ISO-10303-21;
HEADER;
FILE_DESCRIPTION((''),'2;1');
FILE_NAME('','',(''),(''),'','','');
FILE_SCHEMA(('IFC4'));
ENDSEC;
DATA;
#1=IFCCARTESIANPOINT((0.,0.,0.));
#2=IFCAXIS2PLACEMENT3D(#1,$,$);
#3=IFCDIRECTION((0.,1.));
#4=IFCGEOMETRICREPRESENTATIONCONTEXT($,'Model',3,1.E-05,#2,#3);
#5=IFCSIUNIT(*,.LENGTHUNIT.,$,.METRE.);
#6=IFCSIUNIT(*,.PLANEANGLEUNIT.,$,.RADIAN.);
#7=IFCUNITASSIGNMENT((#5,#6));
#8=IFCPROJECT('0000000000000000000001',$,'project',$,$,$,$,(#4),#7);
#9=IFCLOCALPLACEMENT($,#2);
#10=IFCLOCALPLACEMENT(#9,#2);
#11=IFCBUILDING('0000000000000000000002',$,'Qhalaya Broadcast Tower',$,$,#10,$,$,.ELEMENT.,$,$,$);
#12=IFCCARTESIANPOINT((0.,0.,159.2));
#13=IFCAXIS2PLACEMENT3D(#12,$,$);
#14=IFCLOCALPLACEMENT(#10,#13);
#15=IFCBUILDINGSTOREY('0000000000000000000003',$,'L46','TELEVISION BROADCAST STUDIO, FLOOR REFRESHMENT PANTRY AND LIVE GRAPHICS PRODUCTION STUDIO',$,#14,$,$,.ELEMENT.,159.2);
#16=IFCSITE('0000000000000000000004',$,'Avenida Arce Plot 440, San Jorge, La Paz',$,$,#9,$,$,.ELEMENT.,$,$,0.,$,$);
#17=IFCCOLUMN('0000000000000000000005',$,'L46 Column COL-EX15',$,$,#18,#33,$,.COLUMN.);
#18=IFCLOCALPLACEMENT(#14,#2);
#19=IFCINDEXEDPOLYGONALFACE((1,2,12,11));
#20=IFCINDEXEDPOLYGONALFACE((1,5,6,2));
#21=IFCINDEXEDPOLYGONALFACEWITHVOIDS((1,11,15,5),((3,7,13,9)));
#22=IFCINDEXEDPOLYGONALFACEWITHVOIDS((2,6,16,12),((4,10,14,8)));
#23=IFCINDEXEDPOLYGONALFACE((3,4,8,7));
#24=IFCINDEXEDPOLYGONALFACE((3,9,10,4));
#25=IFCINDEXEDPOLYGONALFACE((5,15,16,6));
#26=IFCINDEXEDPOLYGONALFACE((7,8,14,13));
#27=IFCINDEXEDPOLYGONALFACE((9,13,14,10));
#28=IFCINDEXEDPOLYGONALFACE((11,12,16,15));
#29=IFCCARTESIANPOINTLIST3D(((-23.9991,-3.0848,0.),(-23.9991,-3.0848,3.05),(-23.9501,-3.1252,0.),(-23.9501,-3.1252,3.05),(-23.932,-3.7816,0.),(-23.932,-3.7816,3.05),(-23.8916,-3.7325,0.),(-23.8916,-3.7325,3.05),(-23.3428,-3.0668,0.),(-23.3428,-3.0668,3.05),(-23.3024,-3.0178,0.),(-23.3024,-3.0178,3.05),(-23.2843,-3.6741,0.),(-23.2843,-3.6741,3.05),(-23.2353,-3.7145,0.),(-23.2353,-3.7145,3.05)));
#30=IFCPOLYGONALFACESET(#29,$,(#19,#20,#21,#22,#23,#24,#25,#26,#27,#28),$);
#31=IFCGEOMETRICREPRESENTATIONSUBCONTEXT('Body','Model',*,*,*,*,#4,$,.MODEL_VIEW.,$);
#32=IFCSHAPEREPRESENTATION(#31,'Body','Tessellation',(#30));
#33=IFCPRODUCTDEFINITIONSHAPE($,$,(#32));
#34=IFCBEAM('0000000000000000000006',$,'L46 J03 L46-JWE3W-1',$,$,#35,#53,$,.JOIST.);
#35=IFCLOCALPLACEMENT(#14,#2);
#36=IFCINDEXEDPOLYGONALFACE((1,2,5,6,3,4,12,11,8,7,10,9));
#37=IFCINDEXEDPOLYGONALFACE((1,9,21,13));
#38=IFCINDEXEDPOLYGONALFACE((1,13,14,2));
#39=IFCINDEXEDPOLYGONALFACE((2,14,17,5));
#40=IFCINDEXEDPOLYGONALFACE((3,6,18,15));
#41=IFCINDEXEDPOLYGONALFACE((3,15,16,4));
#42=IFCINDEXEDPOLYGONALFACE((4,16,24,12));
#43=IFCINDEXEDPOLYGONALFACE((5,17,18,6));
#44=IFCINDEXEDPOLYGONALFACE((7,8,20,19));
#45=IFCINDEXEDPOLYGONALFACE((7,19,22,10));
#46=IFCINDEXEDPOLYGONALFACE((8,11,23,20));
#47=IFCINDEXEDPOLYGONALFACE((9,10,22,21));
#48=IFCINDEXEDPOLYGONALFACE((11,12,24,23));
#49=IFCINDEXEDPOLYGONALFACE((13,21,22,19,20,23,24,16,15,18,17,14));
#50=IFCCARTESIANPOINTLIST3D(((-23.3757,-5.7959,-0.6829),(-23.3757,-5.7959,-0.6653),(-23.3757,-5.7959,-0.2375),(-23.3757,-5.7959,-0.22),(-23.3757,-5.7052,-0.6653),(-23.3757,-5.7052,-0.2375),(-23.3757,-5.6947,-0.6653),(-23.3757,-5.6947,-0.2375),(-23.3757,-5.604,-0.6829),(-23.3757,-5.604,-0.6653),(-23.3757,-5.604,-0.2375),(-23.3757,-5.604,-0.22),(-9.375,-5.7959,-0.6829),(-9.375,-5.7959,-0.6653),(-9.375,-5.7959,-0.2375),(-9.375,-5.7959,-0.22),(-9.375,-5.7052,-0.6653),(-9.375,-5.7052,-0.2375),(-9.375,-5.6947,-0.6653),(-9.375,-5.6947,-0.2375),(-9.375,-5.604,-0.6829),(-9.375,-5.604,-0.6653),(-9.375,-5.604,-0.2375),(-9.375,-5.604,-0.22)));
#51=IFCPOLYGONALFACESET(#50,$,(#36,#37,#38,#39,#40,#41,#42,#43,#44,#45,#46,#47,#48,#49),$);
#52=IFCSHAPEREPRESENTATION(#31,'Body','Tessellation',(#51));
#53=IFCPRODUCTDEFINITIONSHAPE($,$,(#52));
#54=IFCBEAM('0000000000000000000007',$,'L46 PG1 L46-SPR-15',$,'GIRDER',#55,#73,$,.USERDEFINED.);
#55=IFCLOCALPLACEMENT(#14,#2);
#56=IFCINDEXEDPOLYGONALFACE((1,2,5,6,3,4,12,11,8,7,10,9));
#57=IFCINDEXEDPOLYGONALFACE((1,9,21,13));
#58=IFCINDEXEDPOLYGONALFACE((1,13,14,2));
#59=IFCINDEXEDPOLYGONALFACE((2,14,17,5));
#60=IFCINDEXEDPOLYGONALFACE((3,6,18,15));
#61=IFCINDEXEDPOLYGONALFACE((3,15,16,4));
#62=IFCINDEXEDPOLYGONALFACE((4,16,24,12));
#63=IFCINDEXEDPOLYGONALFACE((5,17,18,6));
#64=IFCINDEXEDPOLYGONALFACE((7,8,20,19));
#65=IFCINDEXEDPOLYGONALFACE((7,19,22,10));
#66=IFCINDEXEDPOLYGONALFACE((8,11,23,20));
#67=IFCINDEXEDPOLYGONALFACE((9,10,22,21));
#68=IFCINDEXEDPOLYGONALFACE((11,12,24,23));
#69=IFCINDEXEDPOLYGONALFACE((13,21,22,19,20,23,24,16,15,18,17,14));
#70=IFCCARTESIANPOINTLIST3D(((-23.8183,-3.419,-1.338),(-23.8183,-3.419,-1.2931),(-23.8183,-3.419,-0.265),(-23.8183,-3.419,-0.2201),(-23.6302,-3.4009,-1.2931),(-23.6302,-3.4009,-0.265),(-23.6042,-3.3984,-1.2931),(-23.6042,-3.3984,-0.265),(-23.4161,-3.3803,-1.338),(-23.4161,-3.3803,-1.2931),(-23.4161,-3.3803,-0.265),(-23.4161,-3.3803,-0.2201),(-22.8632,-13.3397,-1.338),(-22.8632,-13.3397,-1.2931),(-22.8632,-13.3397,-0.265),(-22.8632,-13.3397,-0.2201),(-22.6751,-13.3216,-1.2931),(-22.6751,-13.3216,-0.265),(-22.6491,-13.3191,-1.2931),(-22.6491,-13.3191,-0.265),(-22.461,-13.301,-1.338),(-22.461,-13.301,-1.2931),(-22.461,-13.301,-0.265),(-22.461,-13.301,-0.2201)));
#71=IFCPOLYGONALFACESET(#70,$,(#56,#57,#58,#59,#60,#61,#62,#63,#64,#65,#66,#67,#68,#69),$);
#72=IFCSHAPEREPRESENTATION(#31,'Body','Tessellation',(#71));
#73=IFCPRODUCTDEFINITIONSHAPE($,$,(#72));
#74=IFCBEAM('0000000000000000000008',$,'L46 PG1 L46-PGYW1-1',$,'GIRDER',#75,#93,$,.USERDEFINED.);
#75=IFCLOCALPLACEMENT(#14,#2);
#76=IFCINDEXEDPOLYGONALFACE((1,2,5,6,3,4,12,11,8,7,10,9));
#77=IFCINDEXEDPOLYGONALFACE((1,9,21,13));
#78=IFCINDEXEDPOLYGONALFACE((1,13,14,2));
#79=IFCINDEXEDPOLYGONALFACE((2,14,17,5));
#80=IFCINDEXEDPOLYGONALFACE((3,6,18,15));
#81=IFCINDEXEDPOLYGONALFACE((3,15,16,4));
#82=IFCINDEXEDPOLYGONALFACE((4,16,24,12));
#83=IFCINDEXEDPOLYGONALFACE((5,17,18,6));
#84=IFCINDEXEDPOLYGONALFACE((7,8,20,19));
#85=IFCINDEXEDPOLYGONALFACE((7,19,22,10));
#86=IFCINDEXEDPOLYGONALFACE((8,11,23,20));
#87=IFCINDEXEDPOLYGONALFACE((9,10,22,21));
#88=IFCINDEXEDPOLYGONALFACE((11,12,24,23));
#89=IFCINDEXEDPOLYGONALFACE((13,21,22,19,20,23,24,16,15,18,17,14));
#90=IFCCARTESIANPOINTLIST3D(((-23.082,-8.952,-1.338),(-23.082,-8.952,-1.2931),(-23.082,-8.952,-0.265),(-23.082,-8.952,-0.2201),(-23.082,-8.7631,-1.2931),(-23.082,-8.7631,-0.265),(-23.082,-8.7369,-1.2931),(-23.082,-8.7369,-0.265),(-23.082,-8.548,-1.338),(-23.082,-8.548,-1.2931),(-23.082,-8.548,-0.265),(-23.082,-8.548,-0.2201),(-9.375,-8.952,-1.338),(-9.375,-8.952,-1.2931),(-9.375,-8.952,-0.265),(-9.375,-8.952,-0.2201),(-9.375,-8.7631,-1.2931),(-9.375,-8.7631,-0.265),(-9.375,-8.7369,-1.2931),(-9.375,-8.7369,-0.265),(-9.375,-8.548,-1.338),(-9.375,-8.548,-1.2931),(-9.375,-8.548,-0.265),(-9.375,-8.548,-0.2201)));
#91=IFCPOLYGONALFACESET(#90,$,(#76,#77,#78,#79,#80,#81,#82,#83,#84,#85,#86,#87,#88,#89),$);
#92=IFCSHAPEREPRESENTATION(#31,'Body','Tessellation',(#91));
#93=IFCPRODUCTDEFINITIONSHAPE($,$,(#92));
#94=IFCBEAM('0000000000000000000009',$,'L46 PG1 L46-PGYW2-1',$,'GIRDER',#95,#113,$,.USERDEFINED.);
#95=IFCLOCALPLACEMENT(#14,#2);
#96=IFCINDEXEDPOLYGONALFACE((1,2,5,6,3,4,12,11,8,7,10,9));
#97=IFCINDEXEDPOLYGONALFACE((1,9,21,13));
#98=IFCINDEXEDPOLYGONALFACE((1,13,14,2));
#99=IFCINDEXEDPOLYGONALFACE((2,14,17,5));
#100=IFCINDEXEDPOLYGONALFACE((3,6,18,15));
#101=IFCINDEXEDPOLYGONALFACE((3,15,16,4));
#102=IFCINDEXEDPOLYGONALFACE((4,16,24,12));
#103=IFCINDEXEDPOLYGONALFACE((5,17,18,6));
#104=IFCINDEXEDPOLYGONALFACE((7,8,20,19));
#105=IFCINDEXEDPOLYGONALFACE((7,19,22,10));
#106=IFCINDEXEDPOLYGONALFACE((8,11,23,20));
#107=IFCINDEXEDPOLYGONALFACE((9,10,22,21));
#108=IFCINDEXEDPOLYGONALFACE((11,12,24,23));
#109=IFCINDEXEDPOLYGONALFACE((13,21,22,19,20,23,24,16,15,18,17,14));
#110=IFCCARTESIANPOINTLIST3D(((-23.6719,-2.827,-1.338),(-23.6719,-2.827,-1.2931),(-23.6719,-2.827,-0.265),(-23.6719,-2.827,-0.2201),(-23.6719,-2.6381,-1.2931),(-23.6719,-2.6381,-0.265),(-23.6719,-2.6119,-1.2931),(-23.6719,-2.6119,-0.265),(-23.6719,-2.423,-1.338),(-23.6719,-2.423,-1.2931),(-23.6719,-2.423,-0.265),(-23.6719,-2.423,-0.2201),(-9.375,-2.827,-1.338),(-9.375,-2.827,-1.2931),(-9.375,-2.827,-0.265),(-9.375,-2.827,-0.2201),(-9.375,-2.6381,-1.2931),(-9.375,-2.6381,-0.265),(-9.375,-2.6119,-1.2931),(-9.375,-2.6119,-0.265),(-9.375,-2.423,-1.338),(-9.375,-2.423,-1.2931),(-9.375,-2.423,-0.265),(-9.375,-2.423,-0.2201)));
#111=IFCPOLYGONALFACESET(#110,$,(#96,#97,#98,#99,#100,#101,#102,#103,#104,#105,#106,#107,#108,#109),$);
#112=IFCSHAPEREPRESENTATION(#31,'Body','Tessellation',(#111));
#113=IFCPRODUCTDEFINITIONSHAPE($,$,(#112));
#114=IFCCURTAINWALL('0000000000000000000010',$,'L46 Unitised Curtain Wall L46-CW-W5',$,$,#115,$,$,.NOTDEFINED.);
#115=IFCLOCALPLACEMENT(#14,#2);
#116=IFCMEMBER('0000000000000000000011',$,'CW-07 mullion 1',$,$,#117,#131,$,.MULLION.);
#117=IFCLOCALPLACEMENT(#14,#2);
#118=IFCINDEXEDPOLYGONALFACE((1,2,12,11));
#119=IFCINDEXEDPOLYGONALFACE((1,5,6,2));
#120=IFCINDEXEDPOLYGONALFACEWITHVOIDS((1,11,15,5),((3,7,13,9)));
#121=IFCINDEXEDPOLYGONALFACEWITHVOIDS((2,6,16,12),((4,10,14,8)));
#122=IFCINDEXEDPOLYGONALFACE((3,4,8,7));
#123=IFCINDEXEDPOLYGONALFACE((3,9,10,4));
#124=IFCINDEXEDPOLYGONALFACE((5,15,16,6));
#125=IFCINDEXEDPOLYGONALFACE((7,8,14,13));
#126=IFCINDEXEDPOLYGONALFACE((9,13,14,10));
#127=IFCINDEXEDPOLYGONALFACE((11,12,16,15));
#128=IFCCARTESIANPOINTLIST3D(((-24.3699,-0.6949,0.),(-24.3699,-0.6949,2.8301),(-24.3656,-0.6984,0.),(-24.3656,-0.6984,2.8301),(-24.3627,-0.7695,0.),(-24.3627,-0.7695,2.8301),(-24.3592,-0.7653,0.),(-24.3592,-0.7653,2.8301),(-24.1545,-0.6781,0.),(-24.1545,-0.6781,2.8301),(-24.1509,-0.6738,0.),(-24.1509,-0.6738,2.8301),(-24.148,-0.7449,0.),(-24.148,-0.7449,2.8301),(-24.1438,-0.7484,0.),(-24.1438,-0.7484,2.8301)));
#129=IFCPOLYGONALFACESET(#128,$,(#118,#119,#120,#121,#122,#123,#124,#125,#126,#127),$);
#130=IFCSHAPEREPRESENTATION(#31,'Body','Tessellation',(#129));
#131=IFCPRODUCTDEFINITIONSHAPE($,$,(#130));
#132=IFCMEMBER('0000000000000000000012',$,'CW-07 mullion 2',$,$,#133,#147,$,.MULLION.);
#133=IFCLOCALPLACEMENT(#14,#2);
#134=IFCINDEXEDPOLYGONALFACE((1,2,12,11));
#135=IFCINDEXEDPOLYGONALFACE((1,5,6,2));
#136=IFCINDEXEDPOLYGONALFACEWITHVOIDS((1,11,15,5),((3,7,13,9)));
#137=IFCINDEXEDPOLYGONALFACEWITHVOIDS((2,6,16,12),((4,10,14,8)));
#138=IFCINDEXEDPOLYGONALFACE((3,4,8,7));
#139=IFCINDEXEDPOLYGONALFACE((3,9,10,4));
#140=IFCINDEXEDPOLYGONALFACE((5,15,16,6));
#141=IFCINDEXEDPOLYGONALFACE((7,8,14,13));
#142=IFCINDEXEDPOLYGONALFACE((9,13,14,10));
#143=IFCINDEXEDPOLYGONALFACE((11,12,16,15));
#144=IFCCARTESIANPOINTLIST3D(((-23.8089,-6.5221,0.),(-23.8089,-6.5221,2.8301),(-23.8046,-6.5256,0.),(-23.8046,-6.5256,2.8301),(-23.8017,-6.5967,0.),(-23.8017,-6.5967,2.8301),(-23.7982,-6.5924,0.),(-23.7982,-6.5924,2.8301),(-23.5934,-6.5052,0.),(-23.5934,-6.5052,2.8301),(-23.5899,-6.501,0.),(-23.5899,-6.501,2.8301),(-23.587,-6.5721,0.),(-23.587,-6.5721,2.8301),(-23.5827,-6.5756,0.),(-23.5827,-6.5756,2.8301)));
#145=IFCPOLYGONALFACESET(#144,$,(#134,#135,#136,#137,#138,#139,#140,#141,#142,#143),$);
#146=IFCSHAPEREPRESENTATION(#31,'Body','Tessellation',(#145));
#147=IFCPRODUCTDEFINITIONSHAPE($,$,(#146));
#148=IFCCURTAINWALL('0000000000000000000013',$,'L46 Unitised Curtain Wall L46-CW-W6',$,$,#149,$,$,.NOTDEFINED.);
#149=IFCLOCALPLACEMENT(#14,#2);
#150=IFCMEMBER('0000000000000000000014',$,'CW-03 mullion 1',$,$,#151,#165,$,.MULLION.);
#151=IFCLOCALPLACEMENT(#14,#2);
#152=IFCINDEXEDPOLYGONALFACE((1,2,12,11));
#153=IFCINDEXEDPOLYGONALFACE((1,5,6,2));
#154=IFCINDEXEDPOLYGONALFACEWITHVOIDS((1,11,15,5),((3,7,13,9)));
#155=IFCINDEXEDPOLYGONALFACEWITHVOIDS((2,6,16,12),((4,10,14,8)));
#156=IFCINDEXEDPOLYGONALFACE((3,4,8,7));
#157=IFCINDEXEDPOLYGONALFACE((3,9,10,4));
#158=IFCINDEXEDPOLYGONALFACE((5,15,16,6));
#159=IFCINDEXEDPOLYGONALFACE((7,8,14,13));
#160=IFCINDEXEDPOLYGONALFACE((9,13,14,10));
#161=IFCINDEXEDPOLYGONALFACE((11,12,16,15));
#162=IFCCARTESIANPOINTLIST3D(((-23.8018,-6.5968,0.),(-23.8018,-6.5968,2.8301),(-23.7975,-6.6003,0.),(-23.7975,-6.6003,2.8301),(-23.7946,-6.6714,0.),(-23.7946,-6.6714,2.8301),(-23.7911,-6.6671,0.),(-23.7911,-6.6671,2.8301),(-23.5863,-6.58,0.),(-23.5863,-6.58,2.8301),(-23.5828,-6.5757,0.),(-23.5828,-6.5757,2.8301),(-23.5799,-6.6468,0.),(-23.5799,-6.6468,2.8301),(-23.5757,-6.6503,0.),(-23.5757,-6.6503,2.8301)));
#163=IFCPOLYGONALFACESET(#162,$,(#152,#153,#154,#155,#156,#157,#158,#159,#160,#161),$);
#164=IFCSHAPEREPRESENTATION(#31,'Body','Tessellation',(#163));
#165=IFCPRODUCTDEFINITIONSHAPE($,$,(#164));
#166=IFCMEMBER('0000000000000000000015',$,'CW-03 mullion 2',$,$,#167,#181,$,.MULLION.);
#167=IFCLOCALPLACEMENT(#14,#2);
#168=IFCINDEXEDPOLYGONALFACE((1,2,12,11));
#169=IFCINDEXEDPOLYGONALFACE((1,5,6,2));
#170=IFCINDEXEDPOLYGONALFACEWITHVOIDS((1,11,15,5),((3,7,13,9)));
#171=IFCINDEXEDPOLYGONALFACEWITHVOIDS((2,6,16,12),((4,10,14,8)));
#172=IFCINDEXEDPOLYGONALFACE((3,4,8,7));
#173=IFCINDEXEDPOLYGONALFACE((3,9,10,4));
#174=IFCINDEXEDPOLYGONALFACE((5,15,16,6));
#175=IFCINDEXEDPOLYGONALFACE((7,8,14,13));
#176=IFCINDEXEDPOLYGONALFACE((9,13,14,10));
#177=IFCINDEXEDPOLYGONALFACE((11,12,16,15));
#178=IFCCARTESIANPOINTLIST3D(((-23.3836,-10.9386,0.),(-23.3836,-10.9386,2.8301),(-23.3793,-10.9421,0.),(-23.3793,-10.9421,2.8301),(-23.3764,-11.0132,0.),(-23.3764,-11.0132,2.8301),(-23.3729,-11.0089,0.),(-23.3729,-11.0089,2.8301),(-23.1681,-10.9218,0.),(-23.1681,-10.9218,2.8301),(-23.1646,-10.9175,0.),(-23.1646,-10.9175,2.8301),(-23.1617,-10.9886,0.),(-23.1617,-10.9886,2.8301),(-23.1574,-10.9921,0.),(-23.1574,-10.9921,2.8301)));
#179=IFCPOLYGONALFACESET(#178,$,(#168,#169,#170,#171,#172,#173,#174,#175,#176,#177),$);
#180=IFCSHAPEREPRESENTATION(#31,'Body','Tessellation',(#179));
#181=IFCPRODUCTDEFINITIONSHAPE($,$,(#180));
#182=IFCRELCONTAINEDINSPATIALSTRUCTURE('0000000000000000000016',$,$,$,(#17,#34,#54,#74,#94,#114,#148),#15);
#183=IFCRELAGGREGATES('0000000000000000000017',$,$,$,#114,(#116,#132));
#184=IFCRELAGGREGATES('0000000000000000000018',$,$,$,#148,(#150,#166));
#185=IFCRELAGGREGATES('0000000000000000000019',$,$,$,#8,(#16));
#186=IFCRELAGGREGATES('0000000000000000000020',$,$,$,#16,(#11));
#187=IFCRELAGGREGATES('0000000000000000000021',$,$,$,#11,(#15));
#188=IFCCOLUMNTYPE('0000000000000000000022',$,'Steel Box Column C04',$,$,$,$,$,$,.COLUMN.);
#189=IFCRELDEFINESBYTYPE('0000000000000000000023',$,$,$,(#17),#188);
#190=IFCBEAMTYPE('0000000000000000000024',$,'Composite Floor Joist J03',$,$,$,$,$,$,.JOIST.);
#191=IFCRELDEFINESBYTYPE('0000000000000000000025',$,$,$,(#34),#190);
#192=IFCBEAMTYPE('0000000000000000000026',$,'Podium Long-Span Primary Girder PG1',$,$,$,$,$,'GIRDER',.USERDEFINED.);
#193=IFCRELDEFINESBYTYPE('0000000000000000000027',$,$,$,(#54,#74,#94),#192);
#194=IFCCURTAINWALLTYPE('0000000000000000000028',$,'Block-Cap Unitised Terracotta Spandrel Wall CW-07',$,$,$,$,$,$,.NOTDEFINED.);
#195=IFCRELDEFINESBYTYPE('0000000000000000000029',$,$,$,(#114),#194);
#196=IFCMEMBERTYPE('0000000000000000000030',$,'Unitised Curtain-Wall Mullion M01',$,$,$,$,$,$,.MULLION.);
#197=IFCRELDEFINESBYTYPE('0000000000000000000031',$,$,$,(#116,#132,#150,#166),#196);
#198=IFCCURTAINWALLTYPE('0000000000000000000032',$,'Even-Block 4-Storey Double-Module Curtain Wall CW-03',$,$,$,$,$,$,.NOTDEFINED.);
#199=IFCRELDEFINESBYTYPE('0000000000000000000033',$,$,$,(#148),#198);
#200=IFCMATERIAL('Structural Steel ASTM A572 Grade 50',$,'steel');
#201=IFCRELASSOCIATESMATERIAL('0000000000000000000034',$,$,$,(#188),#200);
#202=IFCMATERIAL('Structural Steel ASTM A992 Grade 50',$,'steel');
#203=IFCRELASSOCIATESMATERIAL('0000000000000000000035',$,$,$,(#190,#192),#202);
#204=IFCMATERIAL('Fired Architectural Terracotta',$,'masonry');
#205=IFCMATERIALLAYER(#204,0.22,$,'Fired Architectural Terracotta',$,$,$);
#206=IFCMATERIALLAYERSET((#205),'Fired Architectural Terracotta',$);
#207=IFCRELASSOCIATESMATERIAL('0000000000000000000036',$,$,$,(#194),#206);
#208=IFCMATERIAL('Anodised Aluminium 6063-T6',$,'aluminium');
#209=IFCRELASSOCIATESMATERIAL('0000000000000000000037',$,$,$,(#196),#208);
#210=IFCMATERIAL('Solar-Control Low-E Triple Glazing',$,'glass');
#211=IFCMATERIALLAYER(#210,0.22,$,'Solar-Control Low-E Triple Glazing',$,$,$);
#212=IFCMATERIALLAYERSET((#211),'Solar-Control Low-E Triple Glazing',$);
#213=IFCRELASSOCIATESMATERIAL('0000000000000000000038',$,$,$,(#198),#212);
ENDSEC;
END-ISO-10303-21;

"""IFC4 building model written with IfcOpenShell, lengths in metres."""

from ifc_helpers import new_model, si_unit, direction, frame, origin, origin_2d, place, context, subcontext, project, spatial, hollow_rectangle, i_section, extrude, material, layer, layer_set, material_profile, profile_set, type_object, element, aggregate, save


model = new_model("IFC4")

# Units and contexts
model_context = context("Model", 3, precision=1e-05, world=origin(), true_north=direction((0.0, 1.0)))
body_context = subcontext(model_context, "Body", "Model", "MODEL_VIEW")
ifc_project = project(units=[si_unit("LENGTHUNIT", "METRE"), si_unit("PLANEANGLEUNIT", "RADIAN")], contexts=[model_context])

# Site, building, storey
site_placement = place(None, origin())
site = spatial("IfcSite", under=ifc_project, at=site_placement, Name="Avenida Arce Plot 440, San Jorge, La Paz", CompositionType="ELEMENT", RefElevation=0.0)
building_placement = place(site_placement, origin())
building = spatial("IfcBuilding", under=site, at=building_placement, Name="Qhalaya Broadcast Tower", CompositionType="ELEMENT")
storey_placement = place(building_placement, frame((0.0, 0.0, 159.2)))
storey = spatial("IfcBuildingStorey", under=building, at=storey_placement, Name="L46", Description="TELEVISION BROADCAST STUDIO, FLOOR REFRESHMENT PANTRY AND LIVE GRAPHICS PRODUCTION STUDIO", CompositionType="ELEMENT", Elevation=159.2)

# Column
ifc_material_1 = material(Name="Structural Steel ASTM A572 Grade 50", Category="steel")
ifc_material_profile_1 = material_profile(ifc_material_1, hollow_rectangle(XDim=0.7, YDim=0.7, WallThickness=0.0449, at=origin_2d()), Name="BOX 700x700x45")
ifc_profile_set_1 = profile_set([ifc_material_profile_1], Name="Structural Steel ASTM A572 Grade 50")
column_type = type_object("IfcColumnType", Name="Steel Box Column C04", PredefinedType="COLUMN", material=ifc_profile_set_1)
column_placement = place(storey_placement, frame((-23.6172, -3.3997, 0.0), z_axis=(0.0, 0.0, 1.0), x_axis=(-0.095846, 0.995396, 0.0)))
element("IfcColumn", 1, at=column_placement, inside=storey, type_object=column_type, Name="L46 Column COL-EX15", PredefinedType="COLUMN", context=body_context, shape_type="SweptSolid", body=[
    extrude(hollow_rectangle(XDim=0.7, YDim=0.7, WallThickness=0.0449, at=origin_2d()), origin(), (0.0, 0.0, 1.0), 3.05),
])

# Beams
ifc_material_2 = material(Name="Structural Steel ASTM A992 Grade 50", Category="steel")
ifc_material_profile_2 = material_profile(ifc_material_2, i_section(OverallWidth=0.1919, OverallDepth=0.4629, WebThickness=0.0105, FlangeThickness=0.0176, at=origin_2d()), Name="W18X60")
ifc_profile_set_2 = profile_set([ifc_material_profile_2], Name="Structural Steel ASTM A992 Grade 50")
beam_type_1 = type_object("IfcBeamType", Name="Composite Floor Joist J03", PredefinedType="JOIST", material=ifc_profile_set_2)
beam_1_placement = place(storey_placement, frame((-23.3757, -5.7, -0.4514), z_axis=(1.0, 0.0, 0.0), x_axis=(0.0, 1.0, 0.0)))
element("IfcBeam", 2, at=beam_1_placement, inside=storey, type_object=beam_type_1, Name="L46 J03 L46-JWE3W-1", PredefinedType="JOIST", context=body_context, shape_type="SweptSolid", body=[
    extrude(i_section(OverallWidth=0.1919, OverallDepth=0.4629, WebThickness=0.0105, FlangeThickness=0.0176, at=origin_2d()), origin(), (0.0, 0.0, 1.0), 14.0007),
])
ifc_material_profile_3 = material_profile(ifc_material_2, i_section(OverallWidth=0.4041, OverallDepth=1.1179, WebThickness=0.0261, FlangeThickness=0.0449, at=origin_2d()), Name="W44X335")
ifc_profile_set_3 = profile_set([ifc_material_profile_3], Name="Structural Steel ASTM A992 Grade 50")
beam_type_2 = type_object("IfcBeamType", Name="Podium Long-Span Primary Girder PG1", ElementType="GIRDER", PredefinedType="USERDEFINED", material=ifc_profile_set_3)
beam_2_placement = place(storey_placement, frame((-23.6172, -3.3997, -0.7791), z_axis=(0.095829, -0.995398, 0.0), x_axis=(0.995398, 0.095829, 0.0)))
element("IfcBeam", 3, at=beam_2_placement, inside=storey, type_object=beam_type_2, Name="L46 PG1 L46-SPR-15", ObjectType="GIRDER", PredefinedType="USERDEFINED", context=body_context, shape_type="SweptSolid", body=[
    extrude(i_section(OverallWidth=0.4041, OverallDepth=1.1179, WebThickness=0.0261, FlangeThickness=0.0449, at=origin_2d()), origin(), (0.0, 0.0, 1.0), 9.9666),
])
beam_3_placement = place(storey_placement, frame((-23.082, -8.75, -0.7791), z_axis=(1.0, 0.0, 0.0), x_axis=(0.0, 1.0, 0.0)))
element("IfcBeam", 4, at=beam_3_placement, inside=storey, type_object=beam_type_2, Name="L46 PG1 L46-PGYW1-1", ObjectType="GIRDER", PredefinedType="USERDEFINED", context=body_context, shape_type="SweptSolid", body=[
    extrude(i_section(OverallWidth=0.4041, OverallDepth=1.1179, WebThickness=0.0261, FlangeThickness=0.0449, at=origin_2d()), origin(), (0.0, 0.0, 1.0), 13.707),
])
beam_4_placement = place(storey_placement, frame((-23.6719, -2.625, -0.7791), z_axis=(1.0, 0.0, 0.0), x_axis=(0.0, 1.0, 0.0)))
element("IfcBeam", 5, at=beam_4_placement, inside=storey, type_object=beam_type_2, Name="L46 PG1 L46-PGYW2-1", ObjectType="GIRDER", PredefinedType="USERDEFINED", context=body_context, shape_type="SweptSolid", body=[
    extrude(i_section(OverallWidth=0.4041, OverallDepth=1.1179, WebThickness=0.0261, FlangeThickness=0.0449, at=origin_2d()), origin(), (0.0, 0.0, 1.0), 14.2969),
])

# Curtain walls, members
ifc_material_3 = material(Name="Fired Architectural Terracotta", Category="masonry")
ifc_layer_1 = layer(ifc_material_3, 0.22, Name="Fired Architectural Terracotta")
ifc_layer_set_1 = layer_set([ifc_layer_1], Name="Fired Architectural Terracotta")
curtain_wall_type_1 = type_object("IfcCurtainWallType", Name="Block-Cap Unitised Terracotta Spandrel Wall CW-07", PredefinedType="NOTDEFINED", material=ifc_layer_set_1)
curtain_wall_1_placement = place(storey_placement, origin())
curtain_wall_1 = element("IfcCurtainWall", 6, at=curtain_wall_1_placement, inside=storey, type_object=curtain_wall_type_1, Name="L46 Unitised Curtain Wall L46-CW-W5", PredefinedType="NOTDEFINED")
ifc_material_4 = material(Name="Anodised Aluminium 6063-T6", Category="aluminium")
ifc_material_profile_4 = material_profile(ifc_material_4, hollow_rectangle(XDim=0.075, YDim=0.22, WallThickness=0.0039, at=origin_2d()), Name="ALU-MUL 75x220x4")
ifc_profile_set_4 = profile_set([ifc_material_profile_4], Name="Anodised Aluminium 6063-T6")
member_type_1 = type_object("IfcMemberType", Name="Unitised Curtain-Wall Mullion M01", PredefinedType="MULLION", material=ifc_profile_set_4)
member_1_placement = place(storey_placement, frame((-24.2568, -0.7217, 0.0), z_axis=(0.0, 0.0, 1.0), x_axis=(0.095849, -0.995396, 0.0)))
member_1 = element("IfcMember", 7, at=member_1_placement, type_object=member_type_1, Name="CW-07 mullion 1", PredefinedType="MULLION", context=body_context, shape_type="SweptSolid", body=[
    extrude(hollow_rectangle(XDim=0.075, YDim=0.22, WallThickness=0.0039, at=origin_2d()), origin(), (0.0, 0.0, 1.0), 2.8301),
])
member_2_placement = place(storey_placement, frame((-23.6958, -6.5488, 0.0), z_axis=(0.0, 0.0, 1.0), x_axis=(0.095849, -0.995396, 0.0)))
member_2 = element("IfcMember", 8, at=member_2_placement, type_object=member_type_1, Name="CW-07 mullion 2", PredefinedType="MULLION", context=body_context, shape_type="SweptSolid", body=[
    extrude(hollow_rectangle(XDim=0.075, YDim=0.22, WallThickness=0.0039, at=origin_2d()), origin(), (0.0, 0.0, 1.0), 2.8301),
])
ifc_material_5 = material(Name="Solar-Control Low-E Triple Glazing", Category="glass")
ifc_layer_2 = layer(ifc_material_5, 0.22, Name="Solar-Control Low-E Triple Glazing")
ifc_layer_set_2 = layer_set([ifc_layer_2], Name="Solar-Control Low-E Triple Glazing")
curtain_wall_type_2 = type_object("IfcCurtainWallType", Name="Even-Block 4-Storey Double-Module Curtain Wall CW-03", PredefinedType="NOTDEFINED", material=ifc_layer_set_2)
curtain_wall_2_placement = place(storey_placement, origin())
curtain_wall_2 = element("IfcCurtainWall", 9, at=curtain_wall_2_placement, inside=storey, type_object=curtain_wall_type_2, Name="L46 Unitised Curtain Wall L46-CW-W6", PredefinedType="NOTDEFINED")
member_3_placement = place(storey_placement, frame((-23.6887, -6.6235, 0.0), z_axis=(0.0, 0.0, 1.0), x_axis=(0.095832, -0.995398, 0.0)))
member_3 = element("IfcMember", 10, at=member_3_placement, type_object=member_type_1, Name="CW-03 mullion 1", PredefinedType="MULLION", context=body_context, shape_type="SweptSolid", body=[
    extrude(hollow_rectangle(XDim=0.075, YDim=0.22, WallThickness=0.0039, at=origin_2d()), origin(), (0.0, 0.0, 1.0), 2.8301),
])
member_4_placement = place(storey_placement, frame((-23.2705, -10.9653, 0.0), z_axis=(0.0, 0.0, 1.0), x_axis=(0.095832, -0.995398, 0.0)))
member_4 = element("IfcMember", 11, at=member_4_placement, type_object=member_type_1, Name="CW-03 mullion 2", PredefinedType="MULLION", context=body_context, shape_type="SweptSolid", body=[
    extrude(hollow_rectangle(XDim=0.075, YDim=0.22, WallThickness=0.0039, at=origin_2d()), origin(), (0.0, 0.0, 1.0), 2.8301),
])

aggregate(curtain_wall_1, [member_1, member_2])
aggregate(curtain_wall_2, [member_3, member_4])

save(model, "model.ifc")
